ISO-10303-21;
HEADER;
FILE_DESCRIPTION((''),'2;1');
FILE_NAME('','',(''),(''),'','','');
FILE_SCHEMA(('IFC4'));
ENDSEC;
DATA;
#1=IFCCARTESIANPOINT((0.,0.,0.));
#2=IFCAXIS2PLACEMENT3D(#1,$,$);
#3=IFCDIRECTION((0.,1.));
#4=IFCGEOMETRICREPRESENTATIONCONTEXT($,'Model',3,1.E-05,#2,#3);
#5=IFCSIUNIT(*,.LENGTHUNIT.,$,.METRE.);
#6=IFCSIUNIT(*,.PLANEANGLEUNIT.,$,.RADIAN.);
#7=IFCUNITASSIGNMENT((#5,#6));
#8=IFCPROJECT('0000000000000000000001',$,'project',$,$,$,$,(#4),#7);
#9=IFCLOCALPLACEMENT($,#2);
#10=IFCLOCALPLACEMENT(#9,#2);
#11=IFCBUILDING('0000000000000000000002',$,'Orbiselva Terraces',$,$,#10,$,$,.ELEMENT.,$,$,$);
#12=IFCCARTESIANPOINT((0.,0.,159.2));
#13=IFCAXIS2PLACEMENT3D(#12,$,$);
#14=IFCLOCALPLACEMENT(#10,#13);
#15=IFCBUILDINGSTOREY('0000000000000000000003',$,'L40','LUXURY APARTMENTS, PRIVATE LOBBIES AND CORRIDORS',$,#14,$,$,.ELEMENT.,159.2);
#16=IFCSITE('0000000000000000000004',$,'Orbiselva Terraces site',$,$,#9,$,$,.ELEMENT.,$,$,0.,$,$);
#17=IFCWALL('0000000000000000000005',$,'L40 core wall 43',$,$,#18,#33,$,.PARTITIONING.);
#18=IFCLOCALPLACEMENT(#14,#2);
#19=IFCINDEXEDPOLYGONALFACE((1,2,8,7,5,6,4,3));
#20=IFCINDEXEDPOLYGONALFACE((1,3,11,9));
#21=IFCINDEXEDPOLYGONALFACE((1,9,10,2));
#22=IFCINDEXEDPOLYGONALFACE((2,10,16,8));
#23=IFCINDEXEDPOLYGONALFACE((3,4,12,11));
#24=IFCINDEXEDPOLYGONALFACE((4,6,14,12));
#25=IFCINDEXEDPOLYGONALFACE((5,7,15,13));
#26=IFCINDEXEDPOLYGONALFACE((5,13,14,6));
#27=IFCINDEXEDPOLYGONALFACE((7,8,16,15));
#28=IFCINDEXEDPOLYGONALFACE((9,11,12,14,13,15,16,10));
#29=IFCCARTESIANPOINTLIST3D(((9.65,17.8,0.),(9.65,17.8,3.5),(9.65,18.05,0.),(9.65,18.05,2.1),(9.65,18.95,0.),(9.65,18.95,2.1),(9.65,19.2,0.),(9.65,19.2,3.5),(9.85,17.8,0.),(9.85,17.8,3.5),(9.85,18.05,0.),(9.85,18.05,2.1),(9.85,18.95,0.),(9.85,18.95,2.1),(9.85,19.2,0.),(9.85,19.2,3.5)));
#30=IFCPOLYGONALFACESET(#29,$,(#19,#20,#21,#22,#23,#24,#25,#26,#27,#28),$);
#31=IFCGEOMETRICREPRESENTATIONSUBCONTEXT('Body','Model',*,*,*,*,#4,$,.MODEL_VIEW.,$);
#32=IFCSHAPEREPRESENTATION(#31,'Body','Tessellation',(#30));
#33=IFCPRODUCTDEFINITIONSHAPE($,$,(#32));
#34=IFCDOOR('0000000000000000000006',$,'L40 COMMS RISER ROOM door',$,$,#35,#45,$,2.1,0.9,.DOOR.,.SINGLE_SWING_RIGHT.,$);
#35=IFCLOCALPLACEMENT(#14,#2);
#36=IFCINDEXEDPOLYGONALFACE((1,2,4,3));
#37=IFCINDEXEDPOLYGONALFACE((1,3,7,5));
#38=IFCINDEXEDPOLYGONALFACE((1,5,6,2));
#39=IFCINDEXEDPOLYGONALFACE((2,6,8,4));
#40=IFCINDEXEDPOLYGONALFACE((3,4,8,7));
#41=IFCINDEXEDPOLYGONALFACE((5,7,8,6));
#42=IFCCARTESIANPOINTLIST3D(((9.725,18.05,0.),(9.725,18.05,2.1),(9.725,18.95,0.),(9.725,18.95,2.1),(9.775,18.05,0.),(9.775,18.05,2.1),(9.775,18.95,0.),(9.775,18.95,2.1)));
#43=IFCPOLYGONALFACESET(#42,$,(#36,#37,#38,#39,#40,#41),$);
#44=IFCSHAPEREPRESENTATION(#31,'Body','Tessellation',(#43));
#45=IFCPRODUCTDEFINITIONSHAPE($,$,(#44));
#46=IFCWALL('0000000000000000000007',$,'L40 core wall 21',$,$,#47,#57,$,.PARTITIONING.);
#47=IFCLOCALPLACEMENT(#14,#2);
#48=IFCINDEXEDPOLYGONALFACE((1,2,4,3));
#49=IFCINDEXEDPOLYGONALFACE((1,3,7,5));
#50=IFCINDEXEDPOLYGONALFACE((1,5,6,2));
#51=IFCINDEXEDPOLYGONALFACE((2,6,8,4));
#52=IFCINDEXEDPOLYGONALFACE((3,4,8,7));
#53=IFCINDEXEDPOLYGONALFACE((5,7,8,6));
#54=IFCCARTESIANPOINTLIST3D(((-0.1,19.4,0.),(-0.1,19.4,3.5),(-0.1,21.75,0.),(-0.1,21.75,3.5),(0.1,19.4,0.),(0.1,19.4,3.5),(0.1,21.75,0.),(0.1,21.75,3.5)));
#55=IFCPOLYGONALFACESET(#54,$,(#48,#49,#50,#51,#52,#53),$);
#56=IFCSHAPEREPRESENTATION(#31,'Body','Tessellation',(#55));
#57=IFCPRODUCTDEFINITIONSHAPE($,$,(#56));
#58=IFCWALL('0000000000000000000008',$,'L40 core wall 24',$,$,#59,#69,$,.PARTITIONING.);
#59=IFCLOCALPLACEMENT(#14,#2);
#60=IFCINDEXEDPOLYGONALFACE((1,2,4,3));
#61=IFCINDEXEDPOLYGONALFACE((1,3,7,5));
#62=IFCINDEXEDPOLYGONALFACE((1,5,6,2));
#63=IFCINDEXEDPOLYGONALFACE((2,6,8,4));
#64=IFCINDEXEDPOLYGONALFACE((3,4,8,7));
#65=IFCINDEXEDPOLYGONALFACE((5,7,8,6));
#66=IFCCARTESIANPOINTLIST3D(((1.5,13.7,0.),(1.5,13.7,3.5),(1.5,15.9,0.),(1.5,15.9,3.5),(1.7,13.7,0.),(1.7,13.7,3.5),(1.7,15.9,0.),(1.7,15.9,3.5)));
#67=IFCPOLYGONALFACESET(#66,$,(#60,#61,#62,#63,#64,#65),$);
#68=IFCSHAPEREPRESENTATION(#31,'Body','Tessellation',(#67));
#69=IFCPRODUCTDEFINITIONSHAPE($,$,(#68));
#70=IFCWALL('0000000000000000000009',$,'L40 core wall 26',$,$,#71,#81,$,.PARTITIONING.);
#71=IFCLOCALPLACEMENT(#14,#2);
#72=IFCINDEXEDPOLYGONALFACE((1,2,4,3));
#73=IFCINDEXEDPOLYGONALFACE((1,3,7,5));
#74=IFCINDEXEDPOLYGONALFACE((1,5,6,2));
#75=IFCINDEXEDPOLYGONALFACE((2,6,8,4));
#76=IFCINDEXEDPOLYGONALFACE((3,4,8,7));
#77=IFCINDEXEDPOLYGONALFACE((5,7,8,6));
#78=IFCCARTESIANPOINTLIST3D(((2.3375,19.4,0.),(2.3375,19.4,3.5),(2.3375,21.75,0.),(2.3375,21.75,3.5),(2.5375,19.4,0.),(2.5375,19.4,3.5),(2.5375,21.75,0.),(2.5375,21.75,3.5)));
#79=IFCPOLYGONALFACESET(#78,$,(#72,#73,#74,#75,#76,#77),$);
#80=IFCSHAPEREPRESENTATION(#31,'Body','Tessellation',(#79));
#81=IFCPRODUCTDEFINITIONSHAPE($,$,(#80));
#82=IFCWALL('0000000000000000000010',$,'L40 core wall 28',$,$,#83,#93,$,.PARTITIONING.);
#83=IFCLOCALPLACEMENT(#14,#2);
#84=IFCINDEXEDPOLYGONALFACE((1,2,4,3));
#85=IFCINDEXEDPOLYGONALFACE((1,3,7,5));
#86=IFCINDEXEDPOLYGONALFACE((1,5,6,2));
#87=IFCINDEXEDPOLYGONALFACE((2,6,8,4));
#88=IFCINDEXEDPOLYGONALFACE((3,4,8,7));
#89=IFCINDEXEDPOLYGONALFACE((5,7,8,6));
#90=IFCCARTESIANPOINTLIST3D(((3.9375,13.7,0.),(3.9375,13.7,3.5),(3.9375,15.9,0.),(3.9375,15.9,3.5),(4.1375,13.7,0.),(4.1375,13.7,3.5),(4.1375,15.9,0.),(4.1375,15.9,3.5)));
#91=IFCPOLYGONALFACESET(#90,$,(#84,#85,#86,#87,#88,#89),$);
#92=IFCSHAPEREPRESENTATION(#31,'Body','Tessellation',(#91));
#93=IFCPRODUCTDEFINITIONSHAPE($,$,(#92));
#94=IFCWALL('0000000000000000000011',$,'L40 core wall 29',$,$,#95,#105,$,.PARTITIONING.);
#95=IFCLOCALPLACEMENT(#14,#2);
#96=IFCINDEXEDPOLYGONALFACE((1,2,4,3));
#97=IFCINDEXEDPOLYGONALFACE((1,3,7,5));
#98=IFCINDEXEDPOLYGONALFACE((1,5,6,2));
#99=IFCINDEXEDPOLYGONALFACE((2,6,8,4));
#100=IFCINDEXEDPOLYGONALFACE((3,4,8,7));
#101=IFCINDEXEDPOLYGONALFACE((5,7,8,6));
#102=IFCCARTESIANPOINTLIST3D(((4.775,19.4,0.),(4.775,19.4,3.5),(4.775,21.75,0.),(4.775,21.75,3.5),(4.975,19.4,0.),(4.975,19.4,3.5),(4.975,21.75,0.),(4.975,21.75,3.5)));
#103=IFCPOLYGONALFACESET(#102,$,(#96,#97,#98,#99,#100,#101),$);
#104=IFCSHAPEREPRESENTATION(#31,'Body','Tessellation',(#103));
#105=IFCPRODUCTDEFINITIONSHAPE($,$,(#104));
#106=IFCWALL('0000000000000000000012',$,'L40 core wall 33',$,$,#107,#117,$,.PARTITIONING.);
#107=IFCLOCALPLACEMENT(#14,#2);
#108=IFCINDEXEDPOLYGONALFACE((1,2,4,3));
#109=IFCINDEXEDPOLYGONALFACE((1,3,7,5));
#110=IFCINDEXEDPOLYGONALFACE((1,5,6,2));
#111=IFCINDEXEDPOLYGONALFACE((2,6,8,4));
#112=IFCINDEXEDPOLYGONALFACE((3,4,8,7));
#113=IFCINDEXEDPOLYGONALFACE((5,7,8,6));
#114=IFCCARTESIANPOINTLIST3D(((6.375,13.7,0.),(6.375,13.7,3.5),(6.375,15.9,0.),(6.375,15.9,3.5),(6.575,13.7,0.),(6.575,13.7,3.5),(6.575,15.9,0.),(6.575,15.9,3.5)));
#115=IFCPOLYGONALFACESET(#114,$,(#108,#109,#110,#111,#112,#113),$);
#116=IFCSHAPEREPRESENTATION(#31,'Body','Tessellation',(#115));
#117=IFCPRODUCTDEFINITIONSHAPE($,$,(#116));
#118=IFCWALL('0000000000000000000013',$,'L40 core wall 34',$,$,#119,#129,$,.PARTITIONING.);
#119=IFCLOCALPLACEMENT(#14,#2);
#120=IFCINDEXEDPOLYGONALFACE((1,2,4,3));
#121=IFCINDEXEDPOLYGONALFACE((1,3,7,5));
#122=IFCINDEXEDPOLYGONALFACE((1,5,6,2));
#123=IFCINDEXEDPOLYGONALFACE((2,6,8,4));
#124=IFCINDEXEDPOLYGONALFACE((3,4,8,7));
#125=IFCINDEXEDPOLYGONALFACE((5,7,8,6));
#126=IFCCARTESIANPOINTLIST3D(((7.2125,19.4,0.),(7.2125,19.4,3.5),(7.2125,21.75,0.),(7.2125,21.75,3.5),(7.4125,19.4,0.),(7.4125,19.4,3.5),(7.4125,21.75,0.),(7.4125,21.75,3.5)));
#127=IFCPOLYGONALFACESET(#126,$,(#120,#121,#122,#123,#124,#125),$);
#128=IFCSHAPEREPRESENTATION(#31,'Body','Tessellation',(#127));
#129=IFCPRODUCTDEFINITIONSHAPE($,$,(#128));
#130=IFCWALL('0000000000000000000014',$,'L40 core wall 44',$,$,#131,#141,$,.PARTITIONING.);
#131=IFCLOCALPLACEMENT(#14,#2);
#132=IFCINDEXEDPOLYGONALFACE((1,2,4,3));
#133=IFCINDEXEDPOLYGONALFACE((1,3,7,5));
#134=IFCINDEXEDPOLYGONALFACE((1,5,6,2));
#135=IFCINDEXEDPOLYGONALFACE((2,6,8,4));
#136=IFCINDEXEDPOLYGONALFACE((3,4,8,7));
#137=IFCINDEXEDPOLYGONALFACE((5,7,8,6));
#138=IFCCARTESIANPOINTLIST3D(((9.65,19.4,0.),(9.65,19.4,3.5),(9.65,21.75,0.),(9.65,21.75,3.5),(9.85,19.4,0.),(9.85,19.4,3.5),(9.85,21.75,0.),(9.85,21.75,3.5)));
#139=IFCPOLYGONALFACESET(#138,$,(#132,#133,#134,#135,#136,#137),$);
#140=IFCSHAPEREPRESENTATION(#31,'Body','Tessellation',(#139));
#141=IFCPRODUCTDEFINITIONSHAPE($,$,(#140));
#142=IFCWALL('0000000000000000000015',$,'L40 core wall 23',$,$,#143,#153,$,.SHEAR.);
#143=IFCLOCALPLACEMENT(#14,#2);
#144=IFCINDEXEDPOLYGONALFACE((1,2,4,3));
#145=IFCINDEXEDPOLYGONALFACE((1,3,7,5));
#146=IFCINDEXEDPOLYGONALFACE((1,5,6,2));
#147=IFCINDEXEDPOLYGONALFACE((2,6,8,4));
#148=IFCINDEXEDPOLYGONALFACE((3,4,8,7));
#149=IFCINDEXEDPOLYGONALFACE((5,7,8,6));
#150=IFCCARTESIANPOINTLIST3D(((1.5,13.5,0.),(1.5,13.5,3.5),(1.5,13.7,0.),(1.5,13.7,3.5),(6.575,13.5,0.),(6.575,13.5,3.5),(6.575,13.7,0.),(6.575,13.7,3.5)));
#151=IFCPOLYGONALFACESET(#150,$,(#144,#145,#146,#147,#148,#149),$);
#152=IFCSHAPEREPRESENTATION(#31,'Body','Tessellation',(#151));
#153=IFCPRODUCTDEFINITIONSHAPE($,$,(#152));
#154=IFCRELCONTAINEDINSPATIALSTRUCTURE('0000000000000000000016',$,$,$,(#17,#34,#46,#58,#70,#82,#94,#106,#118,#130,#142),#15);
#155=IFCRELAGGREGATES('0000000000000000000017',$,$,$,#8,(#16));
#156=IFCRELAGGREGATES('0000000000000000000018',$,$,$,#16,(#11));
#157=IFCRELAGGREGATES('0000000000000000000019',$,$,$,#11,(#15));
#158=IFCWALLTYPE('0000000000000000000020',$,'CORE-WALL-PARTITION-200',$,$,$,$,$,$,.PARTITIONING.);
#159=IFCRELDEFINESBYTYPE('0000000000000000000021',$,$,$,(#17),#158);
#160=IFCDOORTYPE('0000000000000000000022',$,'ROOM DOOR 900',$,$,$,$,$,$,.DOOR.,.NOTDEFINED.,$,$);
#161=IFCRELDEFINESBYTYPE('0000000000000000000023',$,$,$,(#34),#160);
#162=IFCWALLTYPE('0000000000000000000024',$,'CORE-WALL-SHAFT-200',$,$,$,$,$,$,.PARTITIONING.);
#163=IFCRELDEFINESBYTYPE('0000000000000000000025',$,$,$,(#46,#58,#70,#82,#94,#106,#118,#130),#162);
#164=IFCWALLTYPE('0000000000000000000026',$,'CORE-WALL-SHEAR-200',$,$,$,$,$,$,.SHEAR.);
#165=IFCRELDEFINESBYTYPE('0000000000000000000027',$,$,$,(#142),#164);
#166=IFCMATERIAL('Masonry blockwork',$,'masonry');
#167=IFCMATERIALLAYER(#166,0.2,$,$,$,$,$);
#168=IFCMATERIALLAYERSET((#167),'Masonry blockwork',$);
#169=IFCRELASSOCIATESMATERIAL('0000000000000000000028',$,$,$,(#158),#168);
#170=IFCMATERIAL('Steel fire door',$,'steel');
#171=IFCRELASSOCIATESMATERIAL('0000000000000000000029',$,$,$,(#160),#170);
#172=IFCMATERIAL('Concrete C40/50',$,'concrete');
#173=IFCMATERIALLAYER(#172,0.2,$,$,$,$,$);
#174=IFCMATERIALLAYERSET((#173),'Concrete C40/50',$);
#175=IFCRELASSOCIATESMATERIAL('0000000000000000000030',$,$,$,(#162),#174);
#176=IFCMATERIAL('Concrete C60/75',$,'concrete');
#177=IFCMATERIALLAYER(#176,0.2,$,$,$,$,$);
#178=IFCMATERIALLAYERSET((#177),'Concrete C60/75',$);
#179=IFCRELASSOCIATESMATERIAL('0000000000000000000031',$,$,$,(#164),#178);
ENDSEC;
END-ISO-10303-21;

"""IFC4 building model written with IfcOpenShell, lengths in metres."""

from ifc_helpers import new_model, si_unit, direction, frame, frame_2d, origin, place, context, subcontext, project, spatial, rectangle, extrude, material, layer, layer_set, type_object, element, fill, save


model = new_model("IFC4")

# Units and contexts
model_context = context("Model", 3, precision=1e-05, world=origin(), true_north=direction((0.0, 1.0)))
body_context = subcontext(model_context, "Body", "Model", "MODEL_VIEW")
ifc_project = project(units=[si_unit("LENGTHUNIT", "METRE"), si_unit("PLANEANGLEUNIT", "RADIAN")], contexts=[model_context])

# Site, building, storey
site_placement = place(None, origin())
site = spatial("IfcSite", under=ifc_project, at=site_placement, Name="Orbiselva Terraces site", CompositionType="ELEMENT", RefElevation=0.0)
building_placement = place(site_placement, origin())
building = spatial("IfcBuilding", under=site, at=building_placement, Name="Orbiselva Terraces", CompositionType="ELEMENT")
storey_placement = place(building_placement, frame((0.0, 0.0, 159.2)))
storey = spatial("IfcBuildingStorey", under=building, at=storey_placement, Name="L40", Description="LUXURY APARTMENTS, PRIVATE LOBBIES AND CORRIDORS", CompositionType="ELEMENT", Elevation=159.2)

# Wall, opening, door
ifc_material_1 = material(Name="Masonry blockwork", Category="masonry")
ifc_layer_1 = layer(ifc_material_1, 0.2)
ifc_layer_set_1 = layer_set([ifc_layer_1], Name="Masonry blockwork")
wall_type_1 = type_object("IfcWallType", Name="CORE-WALL-PARTITION-200", PredefinedType="PARTITIONING", material=ifc_layer_set_1)
wall_1_placement = place(storey_placement, frame((9.75, 19.2, 0.0), z_axis=(0.0, 0.0, 1.0), x_axis=(0.0, -1.0, 0.0)))
wall_1 = element("IfcWall", 1, at=wall_1_placement, inside=storey, type_object=wall_type_1, Name="L40 core wall 43", PredefinedType="PARTITIONING", context=body_context, shape_type="SweptSolid", body=[
    extrude(rectangle(XDim=1.4, YDim=0.2, at=frame_2d((0.7, 0.0))), origin(), (0.0, 0.0, 1.0), 3.5),
])
opening_1_placement = place(wall_1_placement, frame((0.25, 0.0, 0.0)))
opening_1 = element("IfcOpeningElement", 2, at=opening_1_placement, cuts=wall_1, PredefinedType="OPENING", context=body_context, shape_type="SweptSolid", body=[
    extrude(rectangle(XDim=0.9, YDim=2.1, at=frame_2d((0.45, 1.05))), frame((0.0, 0.11, 0.0), z_axis=(0.0, -1.0, 0.0), x_axis=(1.0, 0.0, 0.0)), (0.0, 0.0, 1.0), 0.22),
])
ifc_material_2 = material(Name="Steel fire door", Category="steel")
door_type_1 = type_object("IfcDoorType", Name="ROOM DOOR 900", OperationType="NOTDEFINED", PredefinedType="DOOR", material=ifc_material_2)
door_1_placement = place(opening_1_placement, origin())
door_1 = element("IfcDoor", 3, at=door_1_placement, inside=storey, type_object=door_type_1, Name="L40 COMMS RISER ROOM door", OperationType="SINGLE_SWING_RIGHT", OverallHeight=2.1, OverallWidth=0.9, PredefinedType="DOOR", context=body_context, shape_type="SweptSolid", body=[
    extrude(rectangle(XDim=0.9, YDim=2.1, at=frame_2d((0.45, 1.05))), frame((0.0, 0.025, 0.0), z_axis=(0.0, -1.0, 0.0), x_axis=(1.0, 0.0, 0.0)), (0.0, 0.0, 1.0), 0.05),
])
fill(opening_1, door_1)

# Walls
ifc_material_3 = material(Name="Concrete C40/50", Category="concrete")
ifc_layer_2 = layer(ifc_material_3, 0.2)
ifc_layer_set_2 = layer_set([ifc_layer_2], Name="Concrete C40/50")
wall_type_2 = type_object("IfcWallType", Name="CORE-WALL-SHAFT-200", PredefinedType="PARTITIONING", material=ifc_layer_set_2)
wall_2_placement = place(storey_placement, frame((0.0, 19.4, 0.0), z_axis=(0.0, 0.0, 1.0), x_axis=(0.0, 1.0, 0.0)))
element("IfcWall", 4, at=wall_2_placement, inside=storey, type_object=wall_type_2, Name="L40 core wall 21", PredefinedType="PARTITIONING", context=body_context, shape_type="SweptSolid", body=[
    extrude(rectangle(XDim=2.35, YDim=0.2, at=frame_2d((1.175, 0.0))), origin(), (0.0, 0.0, 1.0), 3.5),
])
wall_3_placement = place(storey_placement, frame((1.6, 13.7, 0.0), z_axis=(0.0, 0.0, 1.0), x_axis=(0.0, 1.0, 0.0)))
element("IfcWall", 5, at=wall_3_placement, inside=storey, type_object=wall_type_2, Name="L40 core wall 24", PredefinedType="PARTITIONING", context=body_context, shape_type="SweptSolid", body=[
    extrude(rectangle(XDim=2.2, YDim=0.2, at=frame_2d((1.1, 0.0))), origin(), (0.0, 0.0, 1.0), 3.5),
])
wall_4_placement = place(storey_placement, frame((2.4375, 19.4, 0.0), z_axis=(0.0, 0.0, 1.0), x_axis=(0.0, 1.0, 0.0)))
element("IfcWall", 6, at=wall_4_placement, inside=storey, type_object=wall_type_2, Name="L40 core wall 26", PredefinedType="PARTITIONING", context=body_context, shape_type="SweptSolid", body=[
    extrude(rectangle(XDim=2.35, YDim=0.2, at=frame_2d((1.175, 0.0))), origin(), (0.0, 0.0, 1.0), 3.5),
])
wall_5_placement = place(storey_placement, frame((4.0375, 13.7, 0.0), z_axis=(0.0, 0.0, 1.0), x_axis=(0.0, 1.0, 0.0)))
element("IfcWall", 7, at=wall_5_placement, inside=storey, type_object=wall_type_2, Name="L40 core wall 28", PredefinedType="PARTITIONING", context=body_context, shape_type="SweptSolid", body=[
    extrude(rectangle(XDim=2.2, YDim=0.2, at=frame_2d((1.1, 0.0))), origin(), (0.0, 0.0, 1.0), 3.5),
])
wall_6_placement = place(storey_placement, frame((4.875, 19.4, 0.0), z_axis=(0.0, 0.0, 1.0), x_axis=(0.0, 1.0, 0.0)))
element("IfcWall", 8, at=wall_6_placement, inside=storey, type_object=wall_type_2, Name="L40 core wall 29", PredefinedType="PARTITIONING", context=body_context, shape_type="SweptSolid", body=[
    extrude(rectangle(XDim=2.35, YDim=0.2, at=frame_2d((1.175, 0.0))), origin(), (0.0, 0.0, 1.0), 3.5),
])
wall_7_placement = place(storey_placement, frame((6.475, 13.7, 0.0), z_axis=(0.0, 0.0, 1.0), x_axis=(0.0, 1.0, 0.0)))
element("IfcWall", 9, at=wall_7_placement, inside=storey, type_object=wall_type_2, Name="L40 core wall 33", PredefinedType="PARTITIONING", context=body_context, shape_type="SweptSolid", body=[
    extrude(rectangle(XDim=2.2, YDim=0.2, at=frame_2d((1.1, 0.0))), origin(), (0.0, 0.0, 1.0), 3.5),
])
for number, where, z_axis, x_axis, name in (
    (10, (7.3125, 19.4, 0.0), (0.0, 0.0, 1.0), (0.0, 1.0, 0.0), "L40 core wall 34"),
    (11, (9.75, 19.4, 0.0), (0.0, 0.0, 1.0), (0.0, 1.0, 0.0), "L40 core wall 44"),
):
    element("IfcWall", number, at=place(storey_placement, frame(where, z_axis=z_axis, x_axis=x_axis)), inside=storey, type_object=wall_type_2, Name=name, PredefinedType="PARTITIONING", context=body_context, shape_type="SweptSolid", body=[
        extrude(rectangle(XDim=2.35, YDim=0.2, at=frame_2d((1.175, 0.0))), origin(), (0.0, 0.0, 1.0), 3.5),
    ])
ifc_material_4 = material(Name="Concrete C60/75", Category="concrete")
ifc_layer_3 = layer(ifc_material_4, 0.2)
ifc_layer_set_3 = layer_set([ifc_layer_3], Name="Concrete C60/75")
wall_type_3 = type_object("IfcWallType", Name="CORE-WALL-SHEAR-200", PredefinedType="SHEAR", material=ifc_layer_set_3)
wall_8_placement = place(storey_placement, frame((1.5, 13.6, 0.0), z_axis=(0.0, 0.0, 1.0), x_axis=(1.0, 0.0, 0.0)))
element("IfcWall", 12, at=wall_8_placement, inside=storey, type_object=wall_type_3, Name="L40 core wall 23", PredefinedType="SHEAR", context=body_context, shape_type="SweptSolid", body=[
    extrude(rectangle(XDim=5.075, YDim=0.2, at=frame_2d((2.5375, 0.0))), origin(), (0.0, 0.0, 1.0), 3.5),
])

save(model, "model.ifc")
